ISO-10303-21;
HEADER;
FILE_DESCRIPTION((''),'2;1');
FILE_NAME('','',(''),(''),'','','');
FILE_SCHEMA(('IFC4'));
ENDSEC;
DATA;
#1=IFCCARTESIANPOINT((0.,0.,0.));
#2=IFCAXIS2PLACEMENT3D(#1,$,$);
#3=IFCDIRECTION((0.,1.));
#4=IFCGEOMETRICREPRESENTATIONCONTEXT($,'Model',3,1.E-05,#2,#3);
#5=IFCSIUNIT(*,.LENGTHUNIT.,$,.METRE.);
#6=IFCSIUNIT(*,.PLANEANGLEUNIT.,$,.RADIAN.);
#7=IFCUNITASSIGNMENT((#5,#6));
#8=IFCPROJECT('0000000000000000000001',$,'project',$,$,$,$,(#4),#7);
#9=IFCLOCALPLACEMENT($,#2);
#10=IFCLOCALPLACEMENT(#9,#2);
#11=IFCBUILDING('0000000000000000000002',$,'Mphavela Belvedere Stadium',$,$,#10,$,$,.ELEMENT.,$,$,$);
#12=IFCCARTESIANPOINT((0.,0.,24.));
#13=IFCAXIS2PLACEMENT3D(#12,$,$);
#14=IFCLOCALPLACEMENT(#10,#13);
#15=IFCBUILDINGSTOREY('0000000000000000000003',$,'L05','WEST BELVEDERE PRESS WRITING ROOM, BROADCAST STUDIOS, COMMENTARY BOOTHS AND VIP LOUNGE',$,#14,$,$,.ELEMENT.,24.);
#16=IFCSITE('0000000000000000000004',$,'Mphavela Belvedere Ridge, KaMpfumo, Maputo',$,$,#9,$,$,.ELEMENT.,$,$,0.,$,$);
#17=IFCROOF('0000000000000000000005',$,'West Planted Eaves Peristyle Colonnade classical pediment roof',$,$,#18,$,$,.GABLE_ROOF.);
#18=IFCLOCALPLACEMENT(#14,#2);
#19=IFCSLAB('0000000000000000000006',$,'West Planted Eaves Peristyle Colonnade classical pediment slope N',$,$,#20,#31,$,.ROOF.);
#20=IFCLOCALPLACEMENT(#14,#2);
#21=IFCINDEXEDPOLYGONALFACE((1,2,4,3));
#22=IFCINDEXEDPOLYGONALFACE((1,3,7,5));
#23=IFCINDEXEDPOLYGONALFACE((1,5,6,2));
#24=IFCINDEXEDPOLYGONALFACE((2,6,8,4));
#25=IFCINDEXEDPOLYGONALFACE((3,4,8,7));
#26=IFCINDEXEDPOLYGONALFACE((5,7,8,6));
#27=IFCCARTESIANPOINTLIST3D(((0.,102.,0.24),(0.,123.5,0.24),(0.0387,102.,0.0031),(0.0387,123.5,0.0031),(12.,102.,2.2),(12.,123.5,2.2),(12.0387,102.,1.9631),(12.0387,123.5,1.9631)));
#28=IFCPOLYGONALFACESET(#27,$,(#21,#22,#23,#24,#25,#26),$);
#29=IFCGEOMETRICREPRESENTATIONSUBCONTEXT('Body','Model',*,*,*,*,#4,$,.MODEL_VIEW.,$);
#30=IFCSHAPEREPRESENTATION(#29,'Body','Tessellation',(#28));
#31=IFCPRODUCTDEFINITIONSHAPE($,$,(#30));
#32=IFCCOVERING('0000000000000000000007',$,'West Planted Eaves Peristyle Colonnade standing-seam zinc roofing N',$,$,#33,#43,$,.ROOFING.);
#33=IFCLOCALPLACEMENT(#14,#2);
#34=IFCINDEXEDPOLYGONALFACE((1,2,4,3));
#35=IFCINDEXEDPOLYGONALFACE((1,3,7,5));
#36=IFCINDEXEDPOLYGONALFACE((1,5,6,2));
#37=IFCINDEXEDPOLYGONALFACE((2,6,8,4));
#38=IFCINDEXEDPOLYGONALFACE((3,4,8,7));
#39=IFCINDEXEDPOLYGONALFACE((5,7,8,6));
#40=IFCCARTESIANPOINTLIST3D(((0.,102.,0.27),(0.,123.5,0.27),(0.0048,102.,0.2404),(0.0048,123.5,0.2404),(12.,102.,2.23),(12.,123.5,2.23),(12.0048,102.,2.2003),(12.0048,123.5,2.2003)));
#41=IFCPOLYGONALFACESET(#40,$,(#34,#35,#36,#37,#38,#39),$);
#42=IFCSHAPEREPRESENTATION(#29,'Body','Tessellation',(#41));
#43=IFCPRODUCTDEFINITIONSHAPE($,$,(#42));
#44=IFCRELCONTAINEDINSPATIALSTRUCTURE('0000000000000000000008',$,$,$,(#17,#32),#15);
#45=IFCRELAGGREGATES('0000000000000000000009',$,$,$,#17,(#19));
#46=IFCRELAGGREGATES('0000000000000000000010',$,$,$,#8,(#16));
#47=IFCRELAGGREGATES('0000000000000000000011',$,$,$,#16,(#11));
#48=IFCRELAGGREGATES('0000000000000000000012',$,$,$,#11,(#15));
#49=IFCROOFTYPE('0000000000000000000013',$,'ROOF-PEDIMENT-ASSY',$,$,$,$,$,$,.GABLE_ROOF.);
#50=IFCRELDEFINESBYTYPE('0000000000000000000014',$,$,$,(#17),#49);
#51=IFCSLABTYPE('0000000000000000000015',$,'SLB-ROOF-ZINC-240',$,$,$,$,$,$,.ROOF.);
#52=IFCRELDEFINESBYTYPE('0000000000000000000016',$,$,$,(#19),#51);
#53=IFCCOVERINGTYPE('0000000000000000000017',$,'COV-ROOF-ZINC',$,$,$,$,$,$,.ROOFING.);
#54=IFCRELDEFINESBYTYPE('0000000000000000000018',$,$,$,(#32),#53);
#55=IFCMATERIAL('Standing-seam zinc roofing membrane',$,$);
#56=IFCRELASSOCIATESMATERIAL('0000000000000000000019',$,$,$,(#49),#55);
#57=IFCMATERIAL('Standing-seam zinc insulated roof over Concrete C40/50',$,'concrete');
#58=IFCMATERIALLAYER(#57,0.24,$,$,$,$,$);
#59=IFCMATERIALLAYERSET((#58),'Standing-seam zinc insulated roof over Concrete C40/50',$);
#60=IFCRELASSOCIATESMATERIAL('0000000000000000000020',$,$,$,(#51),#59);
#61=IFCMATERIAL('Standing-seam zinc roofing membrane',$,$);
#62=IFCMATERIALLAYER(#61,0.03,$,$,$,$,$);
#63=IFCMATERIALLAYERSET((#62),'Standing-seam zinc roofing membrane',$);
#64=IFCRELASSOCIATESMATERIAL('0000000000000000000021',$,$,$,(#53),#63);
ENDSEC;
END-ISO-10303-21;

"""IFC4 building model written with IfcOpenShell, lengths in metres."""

from ifc_helpers import new_model, si_unit, direction, frame, origin, place, context, subcontext, project, spatial, polyline, outline, extrude, material, layer, layer_set, type_object, element, aggregate, save


model = new_model("IFC4")

# Units and contexts
model_context = context("Model", 3, precision=1e-05, world=origin(), true_north=direction((0.0, 1.0)))
body_context = subcontext(model_context, "Body", "Model", "MODEL_VIEW")
ifc_project = project(units=[si_unit("LENGTHUNIT", "METRE"), si_unit("PLANEANGLEUNIT", "RADIAN")], contexts=[model_context])

# Site, building, storey
site_placement = place(None, origin())
site = spatial("IfcSite", under=ifc_project, at=site_placement, Name="Mphavela Belvedere Ridge, KaMpfumo, Maputo", CompositionType="ELEMENT", RefElevation=0.0)
building_placement = place(site_placement, origin())
building = spatial("IfcBuilding", under=site, at=building_placement, Name="Mphavela Belvedere Stadium", CompositionType="ELEMENT")
storey_placement = place(building_placement, frame((0.0, 0.0, 24.0)))
storey = spatial("IfcBuildingStorey", under=building, at=storey_placement, Name="L05", Description="WEST BELVEDERE PRESS WRITING ROOM, BROADCAST STUDIOS, COMMENTARY BOOTHS AND VIP LOUNGE", CompositionType="ELEMENT", Elevation=24.0)

# Roof, slab
ifc_material_1 = material(Name="Standing-seam zinc roofing membrane")
roof_type = type_object("IfcRoofType", Name="ROOF-PEDIMENT-ASSY", PredefinedType="GABLE_ROOF", material=ifc_material_1)
roof_placement = place(storey_placement, origin())
roof = element("IfcRoof", 1, at=roof_placement, inside=storey, type_object=roof_type, Name="West Planted Eaves Peristyle Colonnade classical pediment roof", PredefinedType="GABLE_ROOF")
ifc_material_2 = material(Name="Standing-seam zinc insulated roof over Concrete C40/50", Category="concrete")
ifc_layer_1 = layer(ifc_material_2, 0.24)
ifc_layer_set_1 = layer_set([ifc_layer_1], Name="Standing-seam zinc insulated roof over Concrete C40/50")
slab_type = type_object("IfcSlabType", Name="SLB-ROOF-ZINC-240", PredefinedType="ROOF", material=ifc_layer_set_1)
slab_placement = place(storey_placement, frame((0.0, 102.0, 0.24), z_axis=(-0.161194, 0.0, 0.986923), x_axis=(0.986923, 0.0, 0.161194)))
slab = element("IfcSlab", 2, at=slab_placement, type_object=slab_type, Name="West Planted Eaves Peristyle Colonnade classical pediment slope N", PredefinedType="ROOF", context=body_context, shape_type="SweptSolid", body=[
    extrude(outline(polyline([(0.0, 0.0), (12.159, 0.0), (12.159, 21.5), (0.0, 21.5), (0.0, 0.0)])), origin(), (0.0, 0.0, -1.0), 0.24),
])
aggregate(roof, [slab])

# Covering
ifc_material_3 = material(Name="Standing-seam zinc roofing membrane")
ifc_layer_2 = layer(ifc_material_3, 0.03)
ifc_layer_set_2 = layer_set([ifc_layer_2], Name="Standing-seam zinc roofing membrane")
covering_type = type_object("IfcCoveringType", Name="COV-ROOF-ZINC", PredefinedType="ROOFING", material=ifc_layer_set_2)
covering_placement = place(storey_placement, frame((0.0, 102.0, 0.27), z_axis=(-0.161194, 0.0, 0.986923), x_axis=(0.986923, 0.0, 0.161194)))
element("IfcCovering", 3, at=covering_placement, inside=storey, type_object=covering_type, Name="West Planted Eaves Peristyle Colonnade standing-seam zinc roofing N", PredefinedType="ROOFING", context=body_context, shape_type="SweptSolid", body=[
    extrude(outline(polyline([(0.0, 0.0), (12.159, 0.0), (12.159, 21.5), (0.0, 21.5), (0.0, 0.0)])), origin(), (0.0, 0.0, -1.0), 0.03),
])

save(model, "model.ifc")
